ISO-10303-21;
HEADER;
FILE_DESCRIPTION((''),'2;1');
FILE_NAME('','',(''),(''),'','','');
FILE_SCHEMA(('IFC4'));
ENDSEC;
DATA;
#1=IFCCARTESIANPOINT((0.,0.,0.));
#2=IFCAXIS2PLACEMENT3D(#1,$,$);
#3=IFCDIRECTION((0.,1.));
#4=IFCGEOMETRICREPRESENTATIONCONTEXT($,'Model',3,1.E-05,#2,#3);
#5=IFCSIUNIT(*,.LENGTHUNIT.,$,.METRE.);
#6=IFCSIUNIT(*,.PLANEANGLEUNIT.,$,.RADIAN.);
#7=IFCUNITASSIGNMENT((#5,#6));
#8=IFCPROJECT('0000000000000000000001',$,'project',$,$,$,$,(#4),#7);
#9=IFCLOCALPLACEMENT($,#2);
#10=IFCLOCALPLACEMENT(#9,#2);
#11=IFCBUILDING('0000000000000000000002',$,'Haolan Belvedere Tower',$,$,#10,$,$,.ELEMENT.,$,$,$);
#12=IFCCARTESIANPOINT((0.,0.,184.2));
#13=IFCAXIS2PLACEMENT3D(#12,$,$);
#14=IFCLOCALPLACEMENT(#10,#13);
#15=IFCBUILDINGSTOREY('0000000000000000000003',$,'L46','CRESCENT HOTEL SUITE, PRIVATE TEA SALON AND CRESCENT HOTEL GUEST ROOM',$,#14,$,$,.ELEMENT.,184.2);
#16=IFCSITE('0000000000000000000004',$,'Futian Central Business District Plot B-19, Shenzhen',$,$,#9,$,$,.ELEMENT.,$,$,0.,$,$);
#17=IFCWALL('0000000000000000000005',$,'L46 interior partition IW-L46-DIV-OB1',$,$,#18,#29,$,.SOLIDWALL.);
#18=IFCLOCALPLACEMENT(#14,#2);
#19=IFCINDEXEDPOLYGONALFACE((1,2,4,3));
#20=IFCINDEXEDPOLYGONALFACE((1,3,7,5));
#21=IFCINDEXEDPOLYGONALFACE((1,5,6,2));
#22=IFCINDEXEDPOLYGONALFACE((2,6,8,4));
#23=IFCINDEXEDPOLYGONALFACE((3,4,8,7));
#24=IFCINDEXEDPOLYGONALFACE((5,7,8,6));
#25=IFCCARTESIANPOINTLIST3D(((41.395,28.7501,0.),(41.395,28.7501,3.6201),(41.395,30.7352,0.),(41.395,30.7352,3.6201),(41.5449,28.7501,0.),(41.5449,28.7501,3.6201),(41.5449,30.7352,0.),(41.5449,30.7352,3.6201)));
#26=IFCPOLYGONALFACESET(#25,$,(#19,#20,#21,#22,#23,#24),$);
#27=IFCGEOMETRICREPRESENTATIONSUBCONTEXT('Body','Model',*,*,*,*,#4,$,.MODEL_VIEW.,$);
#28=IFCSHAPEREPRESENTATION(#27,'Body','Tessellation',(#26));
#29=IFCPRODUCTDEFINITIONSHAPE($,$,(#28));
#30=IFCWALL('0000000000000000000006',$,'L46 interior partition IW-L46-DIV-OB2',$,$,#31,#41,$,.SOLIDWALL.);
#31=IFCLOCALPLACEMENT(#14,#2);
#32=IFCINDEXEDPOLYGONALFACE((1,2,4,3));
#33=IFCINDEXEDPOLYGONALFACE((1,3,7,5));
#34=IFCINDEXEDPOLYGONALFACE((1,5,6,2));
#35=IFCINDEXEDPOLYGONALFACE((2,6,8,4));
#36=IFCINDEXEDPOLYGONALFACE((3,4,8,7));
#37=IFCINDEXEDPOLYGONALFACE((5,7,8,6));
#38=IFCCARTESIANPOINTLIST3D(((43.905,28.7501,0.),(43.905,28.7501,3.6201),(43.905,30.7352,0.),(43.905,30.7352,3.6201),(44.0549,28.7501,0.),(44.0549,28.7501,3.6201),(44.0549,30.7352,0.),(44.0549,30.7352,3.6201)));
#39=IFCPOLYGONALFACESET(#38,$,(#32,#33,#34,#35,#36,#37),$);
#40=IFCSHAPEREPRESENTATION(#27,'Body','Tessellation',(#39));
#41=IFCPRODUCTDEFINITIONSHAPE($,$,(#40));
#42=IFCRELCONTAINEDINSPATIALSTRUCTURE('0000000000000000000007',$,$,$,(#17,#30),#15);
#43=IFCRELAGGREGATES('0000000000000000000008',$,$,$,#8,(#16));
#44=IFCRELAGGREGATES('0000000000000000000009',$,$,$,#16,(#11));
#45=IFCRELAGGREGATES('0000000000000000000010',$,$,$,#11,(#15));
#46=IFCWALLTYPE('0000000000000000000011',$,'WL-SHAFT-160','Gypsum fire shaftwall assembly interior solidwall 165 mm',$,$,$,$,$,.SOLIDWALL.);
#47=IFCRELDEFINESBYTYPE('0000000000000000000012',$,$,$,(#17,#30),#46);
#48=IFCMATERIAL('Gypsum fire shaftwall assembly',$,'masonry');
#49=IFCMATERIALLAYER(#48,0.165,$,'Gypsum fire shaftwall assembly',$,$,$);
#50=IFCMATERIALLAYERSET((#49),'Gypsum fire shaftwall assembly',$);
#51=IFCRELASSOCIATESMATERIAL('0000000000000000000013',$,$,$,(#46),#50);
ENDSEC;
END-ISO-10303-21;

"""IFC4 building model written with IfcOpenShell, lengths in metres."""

from ifc_helpers import new_model, si_unit, direction, frame, frame_2d, origin, place, context, subcontext, project, spatial, rectangle, extrude, material, layer, layer_set, type_object, element, save


model = new_model("IFC4")

# Units and contexts
model_context = context("Model", 3, precision=1e-05, world=origin(), true_north=direction((0.0, 1.0)))
body_context = subcontext(model_context, "Body", "Model", "MODEL_VIEW")
ifc_project = project(units=[si_unit("LENGTHUNIT", "METRE"), si_unit("PLANEANGLEUNIT", "RADIAN")], contexts=[model_context])

# Site, building, storey
site_placement = place(None, origin())
site = spatial("IfcSite", under=ifc_project, at=site_placement, Name="Futian Central Business District Plot B-19, Shenzhen", CompositionType="ELEMENT", RefElevation=0.0)
building_placement = place(site_placement, origin())
building = spatial("IfcBuilding", under=site, at=building_placement, Name="Haolan Belvedere Tower", CompositionType="ELEMENT")
storey_placement = place(building_placement, frame((0.0, 0.0, 184.2)))
storey = spatial("IfcBuildingStorey", under=building, at=storey_placement, Name="L46", Description="CRESCENT HOTEL SUITE, PRIVATE TEA SALON AND CRESCENT HOTEL GUEST ROOM", CompositionType="ELEMENT", Elevation=184.2)

# Shared definitions
ifc_material_1 = material(Name="Gypsum fire shaftwall assembly", Category="masonry")
ifc_layer_1 = layer(ifc_material_1, 0.165, Name="Gypsum fire shaftwall assembly")
ifc_layer_set_1 = layer_set([ifc_layer_1], Name="Gypsum fire shaftwall assembly")
wall_type_1 = type_object("IfcWallType", Name="WL-SHAFT-160", Description="Gypsum fire shaftwall assembly interior solidwall 165 mm", PredefinedType="SOLIDWALL", material=ifc_layer_set_1)

# Walls
for number, where, z_axis, x_axis, name in (
    (1, (41.47, 28.75, 0.0), (0.0, 0.0, 1.0), (0.0, 1.0, 0.0), "L46 interior partition IW-L46-DIV-OB1"),
    (2, (43.98, 28.75, 0.0), (0.0, 0.0, 1.0), (0.0, 1.0, 0.0), "L46 interior partition IW-L46-DIV-OB2"),
):
    element("IfcWall", number, at=place(storey_placement, frame(where, z_axis=z_axis, x_axis=x_axis)), inside=storey, type_object=wall_type_1, Name=name, PredefinedType="SOLIDWALL", context=body_context, shape_type="SweptSolid", body=[
        extrude(rectangle(XDim=1.9851, YDim=0.1499, at=frame_2d((0.9927, 0.0))), origin(), (0.0, 0.0, 1.0), 3.6201),
    ])

save(model, "model.ifc")
